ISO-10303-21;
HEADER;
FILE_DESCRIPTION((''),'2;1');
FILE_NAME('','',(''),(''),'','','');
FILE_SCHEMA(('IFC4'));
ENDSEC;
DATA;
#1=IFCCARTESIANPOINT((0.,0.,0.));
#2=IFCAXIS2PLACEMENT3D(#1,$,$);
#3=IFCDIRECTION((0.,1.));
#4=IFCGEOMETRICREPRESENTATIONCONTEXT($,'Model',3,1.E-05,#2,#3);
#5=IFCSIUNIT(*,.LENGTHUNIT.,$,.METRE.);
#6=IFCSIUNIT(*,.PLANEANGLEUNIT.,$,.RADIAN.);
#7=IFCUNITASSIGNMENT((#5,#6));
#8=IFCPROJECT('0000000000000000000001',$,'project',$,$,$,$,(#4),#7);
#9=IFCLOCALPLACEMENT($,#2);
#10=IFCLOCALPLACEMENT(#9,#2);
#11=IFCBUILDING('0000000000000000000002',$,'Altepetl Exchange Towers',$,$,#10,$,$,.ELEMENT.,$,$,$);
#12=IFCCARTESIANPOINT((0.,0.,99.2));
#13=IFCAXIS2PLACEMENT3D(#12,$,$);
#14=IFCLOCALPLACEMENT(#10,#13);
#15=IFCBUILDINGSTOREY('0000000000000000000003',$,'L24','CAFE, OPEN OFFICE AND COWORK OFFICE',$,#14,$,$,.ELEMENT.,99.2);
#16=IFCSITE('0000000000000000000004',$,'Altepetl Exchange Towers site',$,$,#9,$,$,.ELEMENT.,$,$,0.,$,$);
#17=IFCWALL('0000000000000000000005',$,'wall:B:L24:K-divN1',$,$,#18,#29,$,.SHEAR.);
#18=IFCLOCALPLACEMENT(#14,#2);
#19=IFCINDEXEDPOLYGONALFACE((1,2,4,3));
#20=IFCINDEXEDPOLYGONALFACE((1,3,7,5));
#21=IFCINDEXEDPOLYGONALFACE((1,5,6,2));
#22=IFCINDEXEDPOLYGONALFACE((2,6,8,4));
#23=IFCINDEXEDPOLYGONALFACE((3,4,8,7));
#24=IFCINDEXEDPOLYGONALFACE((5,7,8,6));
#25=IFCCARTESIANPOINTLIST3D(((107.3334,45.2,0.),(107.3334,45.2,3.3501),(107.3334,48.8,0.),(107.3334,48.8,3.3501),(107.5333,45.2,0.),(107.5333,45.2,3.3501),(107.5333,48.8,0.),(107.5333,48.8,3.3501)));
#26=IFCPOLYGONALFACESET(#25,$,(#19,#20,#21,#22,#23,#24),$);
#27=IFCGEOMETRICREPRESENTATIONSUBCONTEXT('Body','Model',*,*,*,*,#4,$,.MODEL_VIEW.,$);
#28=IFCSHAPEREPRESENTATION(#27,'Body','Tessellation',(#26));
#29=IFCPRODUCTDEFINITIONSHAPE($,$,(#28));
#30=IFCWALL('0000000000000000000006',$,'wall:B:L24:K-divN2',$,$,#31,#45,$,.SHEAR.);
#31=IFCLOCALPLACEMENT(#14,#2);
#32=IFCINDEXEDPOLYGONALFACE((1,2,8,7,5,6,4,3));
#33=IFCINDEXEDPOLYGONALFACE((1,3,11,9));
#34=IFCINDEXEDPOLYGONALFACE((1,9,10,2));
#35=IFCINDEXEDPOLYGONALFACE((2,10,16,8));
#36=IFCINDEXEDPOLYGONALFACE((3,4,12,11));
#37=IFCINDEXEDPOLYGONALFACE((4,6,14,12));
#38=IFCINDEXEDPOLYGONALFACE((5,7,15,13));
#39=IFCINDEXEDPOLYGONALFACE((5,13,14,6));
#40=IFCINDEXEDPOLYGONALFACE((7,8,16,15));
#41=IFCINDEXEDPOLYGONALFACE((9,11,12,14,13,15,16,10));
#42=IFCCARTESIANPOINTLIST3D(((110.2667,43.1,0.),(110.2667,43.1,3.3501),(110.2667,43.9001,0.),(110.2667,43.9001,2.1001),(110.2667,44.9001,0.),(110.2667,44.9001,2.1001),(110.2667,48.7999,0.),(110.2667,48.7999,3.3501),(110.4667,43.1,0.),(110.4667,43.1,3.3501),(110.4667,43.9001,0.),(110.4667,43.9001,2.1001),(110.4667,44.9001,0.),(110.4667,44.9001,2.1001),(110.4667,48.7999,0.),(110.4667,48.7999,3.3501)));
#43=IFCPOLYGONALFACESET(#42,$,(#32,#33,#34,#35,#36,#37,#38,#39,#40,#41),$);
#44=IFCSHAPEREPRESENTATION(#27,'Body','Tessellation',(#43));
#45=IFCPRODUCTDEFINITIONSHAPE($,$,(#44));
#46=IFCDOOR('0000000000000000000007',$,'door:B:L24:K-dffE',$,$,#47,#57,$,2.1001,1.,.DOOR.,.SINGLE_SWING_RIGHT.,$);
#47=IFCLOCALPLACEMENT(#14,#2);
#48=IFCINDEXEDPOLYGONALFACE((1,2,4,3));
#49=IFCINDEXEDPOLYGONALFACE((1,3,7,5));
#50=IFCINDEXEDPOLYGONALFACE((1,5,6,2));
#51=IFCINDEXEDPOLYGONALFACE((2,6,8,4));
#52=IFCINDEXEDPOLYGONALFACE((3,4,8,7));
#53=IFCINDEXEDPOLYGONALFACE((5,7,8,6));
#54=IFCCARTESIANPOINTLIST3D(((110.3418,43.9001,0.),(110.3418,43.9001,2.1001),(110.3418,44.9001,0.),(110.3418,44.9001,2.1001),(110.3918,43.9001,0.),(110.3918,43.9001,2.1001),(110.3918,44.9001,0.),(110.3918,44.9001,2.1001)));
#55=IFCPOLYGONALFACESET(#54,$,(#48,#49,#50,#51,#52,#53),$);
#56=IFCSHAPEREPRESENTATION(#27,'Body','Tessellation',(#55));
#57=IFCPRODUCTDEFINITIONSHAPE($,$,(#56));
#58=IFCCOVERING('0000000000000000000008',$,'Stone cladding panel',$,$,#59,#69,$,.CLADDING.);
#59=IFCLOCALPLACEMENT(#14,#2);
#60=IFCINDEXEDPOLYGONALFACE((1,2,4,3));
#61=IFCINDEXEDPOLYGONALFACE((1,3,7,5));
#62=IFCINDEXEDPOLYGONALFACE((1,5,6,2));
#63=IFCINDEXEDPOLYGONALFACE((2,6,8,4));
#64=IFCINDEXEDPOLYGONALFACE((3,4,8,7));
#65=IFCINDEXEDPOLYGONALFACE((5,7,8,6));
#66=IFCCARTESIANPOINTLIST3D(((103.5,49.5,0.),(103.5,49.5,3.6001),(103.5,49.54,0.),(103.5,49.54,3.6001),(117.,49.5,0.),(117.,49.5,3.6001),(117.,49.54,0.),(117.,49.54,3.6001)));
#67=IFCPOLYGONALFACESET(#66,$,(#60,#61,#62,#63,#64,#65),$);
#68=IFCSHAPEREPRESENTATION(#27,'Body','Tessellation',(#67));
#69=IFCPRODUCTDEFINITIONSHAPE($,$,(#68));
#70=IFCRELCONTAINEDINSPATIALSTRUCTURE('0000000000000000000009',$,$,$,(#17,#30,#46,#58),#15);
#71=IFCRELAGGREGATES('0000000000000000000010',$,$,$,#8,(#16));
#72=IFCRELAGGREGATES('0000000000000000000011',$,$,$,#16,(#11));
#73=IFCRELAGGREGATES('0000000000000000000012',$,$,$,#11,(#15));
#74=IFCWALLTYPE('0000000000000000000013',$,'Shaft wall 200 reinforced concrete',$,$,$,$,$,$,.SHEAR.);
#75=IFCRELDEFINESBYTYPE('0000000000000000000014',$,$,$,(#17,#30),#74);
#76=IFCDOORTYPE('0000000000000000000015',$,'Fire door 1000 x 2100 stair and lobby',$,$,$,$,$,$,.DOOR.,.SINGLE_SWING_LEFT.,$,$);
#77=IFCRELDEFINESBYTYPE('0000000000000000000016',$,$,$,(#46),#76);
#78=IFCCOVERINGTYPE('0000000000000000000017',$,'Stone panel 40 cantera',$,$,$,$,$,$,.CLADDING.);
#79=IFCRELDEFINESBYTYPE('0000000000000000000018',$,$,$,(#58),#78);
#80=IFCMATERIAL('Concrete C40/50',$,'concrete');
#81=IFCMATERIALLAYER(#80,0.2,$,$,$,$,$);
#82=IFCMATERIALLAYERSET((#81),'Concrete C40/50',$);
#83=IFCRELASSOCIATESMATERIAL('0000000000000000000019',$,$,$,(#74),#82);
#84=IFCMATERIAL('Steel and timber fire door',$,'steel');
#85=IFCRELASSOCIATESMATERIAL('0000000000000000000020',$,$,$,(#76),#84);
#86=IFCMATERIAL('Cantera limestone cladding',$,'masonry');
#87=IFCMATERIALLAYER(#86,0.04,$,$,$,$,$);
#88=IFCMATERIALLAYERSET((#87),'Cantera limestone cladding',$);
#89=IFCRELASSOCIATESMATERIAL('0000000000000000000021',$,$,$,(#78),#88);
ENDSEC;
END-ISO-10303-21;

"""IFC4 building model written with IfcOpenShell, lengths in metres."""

from ifc_helpers import new_model, si_unit, direction, frame, frame_2d, origin, origin_2d, place, context, subcontext, project, spatial, rectangle, extrude, material, layer, layer_set, type_object, element, fill, save


model = new_model("IFC4")

# Units and contexts
model_context = context("Model", 3, precision=1e-05, world=origin(), true_north=direction((0.0, 1.0)))
body_context = subcontext(model_context, "Body", "Model", "MODEL_VIEW")
ifc_project = project(units=[si_unit("LENGTHUNIT", "METRE"), si_unit("PLANEANGLEUNIT", "RADIAN")], contexts=[model_context])

# Site, building, storey
site_placement = place(None, origin())
site = spatial("IfcSite", under=ifc_project, at=site_placement, Name="Altepetl Exchange Towers site", CompositionType="ELEMENT", RefElevation=0.0)
building_placement = place(site_placement, origin())
building = spatial("IfcBuilding", under=site, at=building_placement, Name="Altepetl Exchange Towers", CompositionType="ELEMENT")
storey_placement = place(building_placement, frame((0.0, 0.0, 99.2)))
storey = spatial("IfcBuildingStorey", under=building, at=storey_placement, Name="L24", Description="CAFE, OPEN OFFICE AND COWORK OFFICE", CompositionType="ELEMENT", Elevation=99.2)

# Wall
ifc_material_1 = material(Name="Concrete C40/50", Category="concrete")
ifc_layer_1 = layer(ifc_material_1, 0.2)
ifc_layer_set_1 = layer_set([ifc_layer_1], Name="Concrete C40/50")
wall_type_1 = type_object("IfcWallType", Name="Shaft wall 200 reinforced concrete", PredefinedType="SHEAR", material=ifc_layer_set_1)
wall_1_placement = place(storey_placement, frame((107.4333, 48.8, 0.0), z_axis=(0.0, 0.0, 1.0), x_axis=(0.0, -1.0, 0.0)))
element("IfcWall", 1, at=wall_1_placement, inside=storey, type_object=wall_type_1, Name="wall:B:L24:K-divN1", PredefinedType="SHEAR", context=body_context, shape_type="SweptSolid", body=[
    extrude(rectangle(XDim=3.6001, YDim=0.2, at=frame_2d((1.8, 0.0))), origin(), (0.0, 0.0, 1.0), 3.3501),
])

# Wall, opening, door
wall_2_placement = place(storey_placement, frame((110.3667, 48.8, 0.0), z_axis=(0.0, 0.0, 1.0), x_axis=(0.0, -1.0, 0.0)))
wall_2 = element("IfcWall", 2, at=wall_2_placement, inside=storey, type_object=wall_type_1, Name="wall:B:L24:K-divN2", PredefinedType="SHEAR", context=body_context, shape_type="SweptSolid", body=[
    extrude(rectangle(XDim=5.7, YDim=0.2, at=frame_2d((2.8501, 0.0))), origin(), (0.0, 0.0, 1.0), 3.3501),
])
opening_placement = place(wall_2_placement, frame((3.8999, 0.0, 0.0)))
opening = element("IfcOpeningElement", 3, at=opening_placement, cuts=wall_2, PredefinedType="OPENING", context=body_context, shape_type="SweptSolid", body=[
    extrude(rectangle(XDim=1.0, YDim=2.1001, at=frame_2d((0.5, 1.05))), frame((0.0, 0.1099, 0.0), z_axis=(0.0, -1.0, 0.0), x_axis=(1.0, 0.0, 0.0)), (0.0, 0.0, 1.0), 0.22),
])
ifc_material_2 = material(Name="Steel and timber fire door", Category="steel")
door_type = type_object("IfcDoorType", Name="Fire door 1000 x 2100 stair and lobby", OperationType="SINGLE_SWING_LEFT", PredefinedType="DOOR", material=ifc_material_2)
door_placement = place(opening_placement, frame((1.0, 0.0, 0.0), x_axis=(-1.0, 0.0, 0.0)))
door = element("IfcDoor", 4, at=door_placement, inside=storey, type_object=door_type, Name="door:B:L24:K-dffE", OperationType="SINGLE_SWING_RIGHT", OverallHeight=2.1001, OverallWidth=1.0, PredefinedType="DOOR", context=body_context, shape_type="SweptSolid", body=[
    extrude(rectangle(XDim=1.0, YDim=2.1001, at=frame_2d((0.5, 1.05))), frame((0.0, 0.0249, 0.0), z_axis=(0.0, -1.0, 0.0), x_axis=(1.0, 0.0, 0.0)), (0.0, 0.0, 1.0), 0.05),
])
fill(opening, door)

# Covering
ifc_material_3 = material(Name="Cantera limestone cladding", Category="masonry")
ifc_layer_2 = layer(ifc_material_3, 0.04)
ifc_layer_set_2 = layer_set([ifc_layer_2], Name="Cantera limestone cladding")
covering_type = type_object("IfcCoveringType", Name="Stone panel 40 cantera", PredefinedType="CLADDING", material=ifc_layer_set_2)
covering_placement = place(storey_placement, frame((110.25, 49.52, 0.0), z_axis=(0.0, 0.0, 1.0), x_axis=(-1.0, 0.0, 0.0)))
element("IfcCovering", 5, at=covering_placement, inside=storey, type_object=covering_type, Name="Stone cladding panel", PredefinedType="CLADDING", context=body_context, shape_type="SweptSolid", body=[
    extrude(rectangle(XDim=13.5, YDim=0.04, at=origin_2d()), origin(), (0.0, 0.0, 1.0), 3.6001),
])

save(model, "model.ifc")
